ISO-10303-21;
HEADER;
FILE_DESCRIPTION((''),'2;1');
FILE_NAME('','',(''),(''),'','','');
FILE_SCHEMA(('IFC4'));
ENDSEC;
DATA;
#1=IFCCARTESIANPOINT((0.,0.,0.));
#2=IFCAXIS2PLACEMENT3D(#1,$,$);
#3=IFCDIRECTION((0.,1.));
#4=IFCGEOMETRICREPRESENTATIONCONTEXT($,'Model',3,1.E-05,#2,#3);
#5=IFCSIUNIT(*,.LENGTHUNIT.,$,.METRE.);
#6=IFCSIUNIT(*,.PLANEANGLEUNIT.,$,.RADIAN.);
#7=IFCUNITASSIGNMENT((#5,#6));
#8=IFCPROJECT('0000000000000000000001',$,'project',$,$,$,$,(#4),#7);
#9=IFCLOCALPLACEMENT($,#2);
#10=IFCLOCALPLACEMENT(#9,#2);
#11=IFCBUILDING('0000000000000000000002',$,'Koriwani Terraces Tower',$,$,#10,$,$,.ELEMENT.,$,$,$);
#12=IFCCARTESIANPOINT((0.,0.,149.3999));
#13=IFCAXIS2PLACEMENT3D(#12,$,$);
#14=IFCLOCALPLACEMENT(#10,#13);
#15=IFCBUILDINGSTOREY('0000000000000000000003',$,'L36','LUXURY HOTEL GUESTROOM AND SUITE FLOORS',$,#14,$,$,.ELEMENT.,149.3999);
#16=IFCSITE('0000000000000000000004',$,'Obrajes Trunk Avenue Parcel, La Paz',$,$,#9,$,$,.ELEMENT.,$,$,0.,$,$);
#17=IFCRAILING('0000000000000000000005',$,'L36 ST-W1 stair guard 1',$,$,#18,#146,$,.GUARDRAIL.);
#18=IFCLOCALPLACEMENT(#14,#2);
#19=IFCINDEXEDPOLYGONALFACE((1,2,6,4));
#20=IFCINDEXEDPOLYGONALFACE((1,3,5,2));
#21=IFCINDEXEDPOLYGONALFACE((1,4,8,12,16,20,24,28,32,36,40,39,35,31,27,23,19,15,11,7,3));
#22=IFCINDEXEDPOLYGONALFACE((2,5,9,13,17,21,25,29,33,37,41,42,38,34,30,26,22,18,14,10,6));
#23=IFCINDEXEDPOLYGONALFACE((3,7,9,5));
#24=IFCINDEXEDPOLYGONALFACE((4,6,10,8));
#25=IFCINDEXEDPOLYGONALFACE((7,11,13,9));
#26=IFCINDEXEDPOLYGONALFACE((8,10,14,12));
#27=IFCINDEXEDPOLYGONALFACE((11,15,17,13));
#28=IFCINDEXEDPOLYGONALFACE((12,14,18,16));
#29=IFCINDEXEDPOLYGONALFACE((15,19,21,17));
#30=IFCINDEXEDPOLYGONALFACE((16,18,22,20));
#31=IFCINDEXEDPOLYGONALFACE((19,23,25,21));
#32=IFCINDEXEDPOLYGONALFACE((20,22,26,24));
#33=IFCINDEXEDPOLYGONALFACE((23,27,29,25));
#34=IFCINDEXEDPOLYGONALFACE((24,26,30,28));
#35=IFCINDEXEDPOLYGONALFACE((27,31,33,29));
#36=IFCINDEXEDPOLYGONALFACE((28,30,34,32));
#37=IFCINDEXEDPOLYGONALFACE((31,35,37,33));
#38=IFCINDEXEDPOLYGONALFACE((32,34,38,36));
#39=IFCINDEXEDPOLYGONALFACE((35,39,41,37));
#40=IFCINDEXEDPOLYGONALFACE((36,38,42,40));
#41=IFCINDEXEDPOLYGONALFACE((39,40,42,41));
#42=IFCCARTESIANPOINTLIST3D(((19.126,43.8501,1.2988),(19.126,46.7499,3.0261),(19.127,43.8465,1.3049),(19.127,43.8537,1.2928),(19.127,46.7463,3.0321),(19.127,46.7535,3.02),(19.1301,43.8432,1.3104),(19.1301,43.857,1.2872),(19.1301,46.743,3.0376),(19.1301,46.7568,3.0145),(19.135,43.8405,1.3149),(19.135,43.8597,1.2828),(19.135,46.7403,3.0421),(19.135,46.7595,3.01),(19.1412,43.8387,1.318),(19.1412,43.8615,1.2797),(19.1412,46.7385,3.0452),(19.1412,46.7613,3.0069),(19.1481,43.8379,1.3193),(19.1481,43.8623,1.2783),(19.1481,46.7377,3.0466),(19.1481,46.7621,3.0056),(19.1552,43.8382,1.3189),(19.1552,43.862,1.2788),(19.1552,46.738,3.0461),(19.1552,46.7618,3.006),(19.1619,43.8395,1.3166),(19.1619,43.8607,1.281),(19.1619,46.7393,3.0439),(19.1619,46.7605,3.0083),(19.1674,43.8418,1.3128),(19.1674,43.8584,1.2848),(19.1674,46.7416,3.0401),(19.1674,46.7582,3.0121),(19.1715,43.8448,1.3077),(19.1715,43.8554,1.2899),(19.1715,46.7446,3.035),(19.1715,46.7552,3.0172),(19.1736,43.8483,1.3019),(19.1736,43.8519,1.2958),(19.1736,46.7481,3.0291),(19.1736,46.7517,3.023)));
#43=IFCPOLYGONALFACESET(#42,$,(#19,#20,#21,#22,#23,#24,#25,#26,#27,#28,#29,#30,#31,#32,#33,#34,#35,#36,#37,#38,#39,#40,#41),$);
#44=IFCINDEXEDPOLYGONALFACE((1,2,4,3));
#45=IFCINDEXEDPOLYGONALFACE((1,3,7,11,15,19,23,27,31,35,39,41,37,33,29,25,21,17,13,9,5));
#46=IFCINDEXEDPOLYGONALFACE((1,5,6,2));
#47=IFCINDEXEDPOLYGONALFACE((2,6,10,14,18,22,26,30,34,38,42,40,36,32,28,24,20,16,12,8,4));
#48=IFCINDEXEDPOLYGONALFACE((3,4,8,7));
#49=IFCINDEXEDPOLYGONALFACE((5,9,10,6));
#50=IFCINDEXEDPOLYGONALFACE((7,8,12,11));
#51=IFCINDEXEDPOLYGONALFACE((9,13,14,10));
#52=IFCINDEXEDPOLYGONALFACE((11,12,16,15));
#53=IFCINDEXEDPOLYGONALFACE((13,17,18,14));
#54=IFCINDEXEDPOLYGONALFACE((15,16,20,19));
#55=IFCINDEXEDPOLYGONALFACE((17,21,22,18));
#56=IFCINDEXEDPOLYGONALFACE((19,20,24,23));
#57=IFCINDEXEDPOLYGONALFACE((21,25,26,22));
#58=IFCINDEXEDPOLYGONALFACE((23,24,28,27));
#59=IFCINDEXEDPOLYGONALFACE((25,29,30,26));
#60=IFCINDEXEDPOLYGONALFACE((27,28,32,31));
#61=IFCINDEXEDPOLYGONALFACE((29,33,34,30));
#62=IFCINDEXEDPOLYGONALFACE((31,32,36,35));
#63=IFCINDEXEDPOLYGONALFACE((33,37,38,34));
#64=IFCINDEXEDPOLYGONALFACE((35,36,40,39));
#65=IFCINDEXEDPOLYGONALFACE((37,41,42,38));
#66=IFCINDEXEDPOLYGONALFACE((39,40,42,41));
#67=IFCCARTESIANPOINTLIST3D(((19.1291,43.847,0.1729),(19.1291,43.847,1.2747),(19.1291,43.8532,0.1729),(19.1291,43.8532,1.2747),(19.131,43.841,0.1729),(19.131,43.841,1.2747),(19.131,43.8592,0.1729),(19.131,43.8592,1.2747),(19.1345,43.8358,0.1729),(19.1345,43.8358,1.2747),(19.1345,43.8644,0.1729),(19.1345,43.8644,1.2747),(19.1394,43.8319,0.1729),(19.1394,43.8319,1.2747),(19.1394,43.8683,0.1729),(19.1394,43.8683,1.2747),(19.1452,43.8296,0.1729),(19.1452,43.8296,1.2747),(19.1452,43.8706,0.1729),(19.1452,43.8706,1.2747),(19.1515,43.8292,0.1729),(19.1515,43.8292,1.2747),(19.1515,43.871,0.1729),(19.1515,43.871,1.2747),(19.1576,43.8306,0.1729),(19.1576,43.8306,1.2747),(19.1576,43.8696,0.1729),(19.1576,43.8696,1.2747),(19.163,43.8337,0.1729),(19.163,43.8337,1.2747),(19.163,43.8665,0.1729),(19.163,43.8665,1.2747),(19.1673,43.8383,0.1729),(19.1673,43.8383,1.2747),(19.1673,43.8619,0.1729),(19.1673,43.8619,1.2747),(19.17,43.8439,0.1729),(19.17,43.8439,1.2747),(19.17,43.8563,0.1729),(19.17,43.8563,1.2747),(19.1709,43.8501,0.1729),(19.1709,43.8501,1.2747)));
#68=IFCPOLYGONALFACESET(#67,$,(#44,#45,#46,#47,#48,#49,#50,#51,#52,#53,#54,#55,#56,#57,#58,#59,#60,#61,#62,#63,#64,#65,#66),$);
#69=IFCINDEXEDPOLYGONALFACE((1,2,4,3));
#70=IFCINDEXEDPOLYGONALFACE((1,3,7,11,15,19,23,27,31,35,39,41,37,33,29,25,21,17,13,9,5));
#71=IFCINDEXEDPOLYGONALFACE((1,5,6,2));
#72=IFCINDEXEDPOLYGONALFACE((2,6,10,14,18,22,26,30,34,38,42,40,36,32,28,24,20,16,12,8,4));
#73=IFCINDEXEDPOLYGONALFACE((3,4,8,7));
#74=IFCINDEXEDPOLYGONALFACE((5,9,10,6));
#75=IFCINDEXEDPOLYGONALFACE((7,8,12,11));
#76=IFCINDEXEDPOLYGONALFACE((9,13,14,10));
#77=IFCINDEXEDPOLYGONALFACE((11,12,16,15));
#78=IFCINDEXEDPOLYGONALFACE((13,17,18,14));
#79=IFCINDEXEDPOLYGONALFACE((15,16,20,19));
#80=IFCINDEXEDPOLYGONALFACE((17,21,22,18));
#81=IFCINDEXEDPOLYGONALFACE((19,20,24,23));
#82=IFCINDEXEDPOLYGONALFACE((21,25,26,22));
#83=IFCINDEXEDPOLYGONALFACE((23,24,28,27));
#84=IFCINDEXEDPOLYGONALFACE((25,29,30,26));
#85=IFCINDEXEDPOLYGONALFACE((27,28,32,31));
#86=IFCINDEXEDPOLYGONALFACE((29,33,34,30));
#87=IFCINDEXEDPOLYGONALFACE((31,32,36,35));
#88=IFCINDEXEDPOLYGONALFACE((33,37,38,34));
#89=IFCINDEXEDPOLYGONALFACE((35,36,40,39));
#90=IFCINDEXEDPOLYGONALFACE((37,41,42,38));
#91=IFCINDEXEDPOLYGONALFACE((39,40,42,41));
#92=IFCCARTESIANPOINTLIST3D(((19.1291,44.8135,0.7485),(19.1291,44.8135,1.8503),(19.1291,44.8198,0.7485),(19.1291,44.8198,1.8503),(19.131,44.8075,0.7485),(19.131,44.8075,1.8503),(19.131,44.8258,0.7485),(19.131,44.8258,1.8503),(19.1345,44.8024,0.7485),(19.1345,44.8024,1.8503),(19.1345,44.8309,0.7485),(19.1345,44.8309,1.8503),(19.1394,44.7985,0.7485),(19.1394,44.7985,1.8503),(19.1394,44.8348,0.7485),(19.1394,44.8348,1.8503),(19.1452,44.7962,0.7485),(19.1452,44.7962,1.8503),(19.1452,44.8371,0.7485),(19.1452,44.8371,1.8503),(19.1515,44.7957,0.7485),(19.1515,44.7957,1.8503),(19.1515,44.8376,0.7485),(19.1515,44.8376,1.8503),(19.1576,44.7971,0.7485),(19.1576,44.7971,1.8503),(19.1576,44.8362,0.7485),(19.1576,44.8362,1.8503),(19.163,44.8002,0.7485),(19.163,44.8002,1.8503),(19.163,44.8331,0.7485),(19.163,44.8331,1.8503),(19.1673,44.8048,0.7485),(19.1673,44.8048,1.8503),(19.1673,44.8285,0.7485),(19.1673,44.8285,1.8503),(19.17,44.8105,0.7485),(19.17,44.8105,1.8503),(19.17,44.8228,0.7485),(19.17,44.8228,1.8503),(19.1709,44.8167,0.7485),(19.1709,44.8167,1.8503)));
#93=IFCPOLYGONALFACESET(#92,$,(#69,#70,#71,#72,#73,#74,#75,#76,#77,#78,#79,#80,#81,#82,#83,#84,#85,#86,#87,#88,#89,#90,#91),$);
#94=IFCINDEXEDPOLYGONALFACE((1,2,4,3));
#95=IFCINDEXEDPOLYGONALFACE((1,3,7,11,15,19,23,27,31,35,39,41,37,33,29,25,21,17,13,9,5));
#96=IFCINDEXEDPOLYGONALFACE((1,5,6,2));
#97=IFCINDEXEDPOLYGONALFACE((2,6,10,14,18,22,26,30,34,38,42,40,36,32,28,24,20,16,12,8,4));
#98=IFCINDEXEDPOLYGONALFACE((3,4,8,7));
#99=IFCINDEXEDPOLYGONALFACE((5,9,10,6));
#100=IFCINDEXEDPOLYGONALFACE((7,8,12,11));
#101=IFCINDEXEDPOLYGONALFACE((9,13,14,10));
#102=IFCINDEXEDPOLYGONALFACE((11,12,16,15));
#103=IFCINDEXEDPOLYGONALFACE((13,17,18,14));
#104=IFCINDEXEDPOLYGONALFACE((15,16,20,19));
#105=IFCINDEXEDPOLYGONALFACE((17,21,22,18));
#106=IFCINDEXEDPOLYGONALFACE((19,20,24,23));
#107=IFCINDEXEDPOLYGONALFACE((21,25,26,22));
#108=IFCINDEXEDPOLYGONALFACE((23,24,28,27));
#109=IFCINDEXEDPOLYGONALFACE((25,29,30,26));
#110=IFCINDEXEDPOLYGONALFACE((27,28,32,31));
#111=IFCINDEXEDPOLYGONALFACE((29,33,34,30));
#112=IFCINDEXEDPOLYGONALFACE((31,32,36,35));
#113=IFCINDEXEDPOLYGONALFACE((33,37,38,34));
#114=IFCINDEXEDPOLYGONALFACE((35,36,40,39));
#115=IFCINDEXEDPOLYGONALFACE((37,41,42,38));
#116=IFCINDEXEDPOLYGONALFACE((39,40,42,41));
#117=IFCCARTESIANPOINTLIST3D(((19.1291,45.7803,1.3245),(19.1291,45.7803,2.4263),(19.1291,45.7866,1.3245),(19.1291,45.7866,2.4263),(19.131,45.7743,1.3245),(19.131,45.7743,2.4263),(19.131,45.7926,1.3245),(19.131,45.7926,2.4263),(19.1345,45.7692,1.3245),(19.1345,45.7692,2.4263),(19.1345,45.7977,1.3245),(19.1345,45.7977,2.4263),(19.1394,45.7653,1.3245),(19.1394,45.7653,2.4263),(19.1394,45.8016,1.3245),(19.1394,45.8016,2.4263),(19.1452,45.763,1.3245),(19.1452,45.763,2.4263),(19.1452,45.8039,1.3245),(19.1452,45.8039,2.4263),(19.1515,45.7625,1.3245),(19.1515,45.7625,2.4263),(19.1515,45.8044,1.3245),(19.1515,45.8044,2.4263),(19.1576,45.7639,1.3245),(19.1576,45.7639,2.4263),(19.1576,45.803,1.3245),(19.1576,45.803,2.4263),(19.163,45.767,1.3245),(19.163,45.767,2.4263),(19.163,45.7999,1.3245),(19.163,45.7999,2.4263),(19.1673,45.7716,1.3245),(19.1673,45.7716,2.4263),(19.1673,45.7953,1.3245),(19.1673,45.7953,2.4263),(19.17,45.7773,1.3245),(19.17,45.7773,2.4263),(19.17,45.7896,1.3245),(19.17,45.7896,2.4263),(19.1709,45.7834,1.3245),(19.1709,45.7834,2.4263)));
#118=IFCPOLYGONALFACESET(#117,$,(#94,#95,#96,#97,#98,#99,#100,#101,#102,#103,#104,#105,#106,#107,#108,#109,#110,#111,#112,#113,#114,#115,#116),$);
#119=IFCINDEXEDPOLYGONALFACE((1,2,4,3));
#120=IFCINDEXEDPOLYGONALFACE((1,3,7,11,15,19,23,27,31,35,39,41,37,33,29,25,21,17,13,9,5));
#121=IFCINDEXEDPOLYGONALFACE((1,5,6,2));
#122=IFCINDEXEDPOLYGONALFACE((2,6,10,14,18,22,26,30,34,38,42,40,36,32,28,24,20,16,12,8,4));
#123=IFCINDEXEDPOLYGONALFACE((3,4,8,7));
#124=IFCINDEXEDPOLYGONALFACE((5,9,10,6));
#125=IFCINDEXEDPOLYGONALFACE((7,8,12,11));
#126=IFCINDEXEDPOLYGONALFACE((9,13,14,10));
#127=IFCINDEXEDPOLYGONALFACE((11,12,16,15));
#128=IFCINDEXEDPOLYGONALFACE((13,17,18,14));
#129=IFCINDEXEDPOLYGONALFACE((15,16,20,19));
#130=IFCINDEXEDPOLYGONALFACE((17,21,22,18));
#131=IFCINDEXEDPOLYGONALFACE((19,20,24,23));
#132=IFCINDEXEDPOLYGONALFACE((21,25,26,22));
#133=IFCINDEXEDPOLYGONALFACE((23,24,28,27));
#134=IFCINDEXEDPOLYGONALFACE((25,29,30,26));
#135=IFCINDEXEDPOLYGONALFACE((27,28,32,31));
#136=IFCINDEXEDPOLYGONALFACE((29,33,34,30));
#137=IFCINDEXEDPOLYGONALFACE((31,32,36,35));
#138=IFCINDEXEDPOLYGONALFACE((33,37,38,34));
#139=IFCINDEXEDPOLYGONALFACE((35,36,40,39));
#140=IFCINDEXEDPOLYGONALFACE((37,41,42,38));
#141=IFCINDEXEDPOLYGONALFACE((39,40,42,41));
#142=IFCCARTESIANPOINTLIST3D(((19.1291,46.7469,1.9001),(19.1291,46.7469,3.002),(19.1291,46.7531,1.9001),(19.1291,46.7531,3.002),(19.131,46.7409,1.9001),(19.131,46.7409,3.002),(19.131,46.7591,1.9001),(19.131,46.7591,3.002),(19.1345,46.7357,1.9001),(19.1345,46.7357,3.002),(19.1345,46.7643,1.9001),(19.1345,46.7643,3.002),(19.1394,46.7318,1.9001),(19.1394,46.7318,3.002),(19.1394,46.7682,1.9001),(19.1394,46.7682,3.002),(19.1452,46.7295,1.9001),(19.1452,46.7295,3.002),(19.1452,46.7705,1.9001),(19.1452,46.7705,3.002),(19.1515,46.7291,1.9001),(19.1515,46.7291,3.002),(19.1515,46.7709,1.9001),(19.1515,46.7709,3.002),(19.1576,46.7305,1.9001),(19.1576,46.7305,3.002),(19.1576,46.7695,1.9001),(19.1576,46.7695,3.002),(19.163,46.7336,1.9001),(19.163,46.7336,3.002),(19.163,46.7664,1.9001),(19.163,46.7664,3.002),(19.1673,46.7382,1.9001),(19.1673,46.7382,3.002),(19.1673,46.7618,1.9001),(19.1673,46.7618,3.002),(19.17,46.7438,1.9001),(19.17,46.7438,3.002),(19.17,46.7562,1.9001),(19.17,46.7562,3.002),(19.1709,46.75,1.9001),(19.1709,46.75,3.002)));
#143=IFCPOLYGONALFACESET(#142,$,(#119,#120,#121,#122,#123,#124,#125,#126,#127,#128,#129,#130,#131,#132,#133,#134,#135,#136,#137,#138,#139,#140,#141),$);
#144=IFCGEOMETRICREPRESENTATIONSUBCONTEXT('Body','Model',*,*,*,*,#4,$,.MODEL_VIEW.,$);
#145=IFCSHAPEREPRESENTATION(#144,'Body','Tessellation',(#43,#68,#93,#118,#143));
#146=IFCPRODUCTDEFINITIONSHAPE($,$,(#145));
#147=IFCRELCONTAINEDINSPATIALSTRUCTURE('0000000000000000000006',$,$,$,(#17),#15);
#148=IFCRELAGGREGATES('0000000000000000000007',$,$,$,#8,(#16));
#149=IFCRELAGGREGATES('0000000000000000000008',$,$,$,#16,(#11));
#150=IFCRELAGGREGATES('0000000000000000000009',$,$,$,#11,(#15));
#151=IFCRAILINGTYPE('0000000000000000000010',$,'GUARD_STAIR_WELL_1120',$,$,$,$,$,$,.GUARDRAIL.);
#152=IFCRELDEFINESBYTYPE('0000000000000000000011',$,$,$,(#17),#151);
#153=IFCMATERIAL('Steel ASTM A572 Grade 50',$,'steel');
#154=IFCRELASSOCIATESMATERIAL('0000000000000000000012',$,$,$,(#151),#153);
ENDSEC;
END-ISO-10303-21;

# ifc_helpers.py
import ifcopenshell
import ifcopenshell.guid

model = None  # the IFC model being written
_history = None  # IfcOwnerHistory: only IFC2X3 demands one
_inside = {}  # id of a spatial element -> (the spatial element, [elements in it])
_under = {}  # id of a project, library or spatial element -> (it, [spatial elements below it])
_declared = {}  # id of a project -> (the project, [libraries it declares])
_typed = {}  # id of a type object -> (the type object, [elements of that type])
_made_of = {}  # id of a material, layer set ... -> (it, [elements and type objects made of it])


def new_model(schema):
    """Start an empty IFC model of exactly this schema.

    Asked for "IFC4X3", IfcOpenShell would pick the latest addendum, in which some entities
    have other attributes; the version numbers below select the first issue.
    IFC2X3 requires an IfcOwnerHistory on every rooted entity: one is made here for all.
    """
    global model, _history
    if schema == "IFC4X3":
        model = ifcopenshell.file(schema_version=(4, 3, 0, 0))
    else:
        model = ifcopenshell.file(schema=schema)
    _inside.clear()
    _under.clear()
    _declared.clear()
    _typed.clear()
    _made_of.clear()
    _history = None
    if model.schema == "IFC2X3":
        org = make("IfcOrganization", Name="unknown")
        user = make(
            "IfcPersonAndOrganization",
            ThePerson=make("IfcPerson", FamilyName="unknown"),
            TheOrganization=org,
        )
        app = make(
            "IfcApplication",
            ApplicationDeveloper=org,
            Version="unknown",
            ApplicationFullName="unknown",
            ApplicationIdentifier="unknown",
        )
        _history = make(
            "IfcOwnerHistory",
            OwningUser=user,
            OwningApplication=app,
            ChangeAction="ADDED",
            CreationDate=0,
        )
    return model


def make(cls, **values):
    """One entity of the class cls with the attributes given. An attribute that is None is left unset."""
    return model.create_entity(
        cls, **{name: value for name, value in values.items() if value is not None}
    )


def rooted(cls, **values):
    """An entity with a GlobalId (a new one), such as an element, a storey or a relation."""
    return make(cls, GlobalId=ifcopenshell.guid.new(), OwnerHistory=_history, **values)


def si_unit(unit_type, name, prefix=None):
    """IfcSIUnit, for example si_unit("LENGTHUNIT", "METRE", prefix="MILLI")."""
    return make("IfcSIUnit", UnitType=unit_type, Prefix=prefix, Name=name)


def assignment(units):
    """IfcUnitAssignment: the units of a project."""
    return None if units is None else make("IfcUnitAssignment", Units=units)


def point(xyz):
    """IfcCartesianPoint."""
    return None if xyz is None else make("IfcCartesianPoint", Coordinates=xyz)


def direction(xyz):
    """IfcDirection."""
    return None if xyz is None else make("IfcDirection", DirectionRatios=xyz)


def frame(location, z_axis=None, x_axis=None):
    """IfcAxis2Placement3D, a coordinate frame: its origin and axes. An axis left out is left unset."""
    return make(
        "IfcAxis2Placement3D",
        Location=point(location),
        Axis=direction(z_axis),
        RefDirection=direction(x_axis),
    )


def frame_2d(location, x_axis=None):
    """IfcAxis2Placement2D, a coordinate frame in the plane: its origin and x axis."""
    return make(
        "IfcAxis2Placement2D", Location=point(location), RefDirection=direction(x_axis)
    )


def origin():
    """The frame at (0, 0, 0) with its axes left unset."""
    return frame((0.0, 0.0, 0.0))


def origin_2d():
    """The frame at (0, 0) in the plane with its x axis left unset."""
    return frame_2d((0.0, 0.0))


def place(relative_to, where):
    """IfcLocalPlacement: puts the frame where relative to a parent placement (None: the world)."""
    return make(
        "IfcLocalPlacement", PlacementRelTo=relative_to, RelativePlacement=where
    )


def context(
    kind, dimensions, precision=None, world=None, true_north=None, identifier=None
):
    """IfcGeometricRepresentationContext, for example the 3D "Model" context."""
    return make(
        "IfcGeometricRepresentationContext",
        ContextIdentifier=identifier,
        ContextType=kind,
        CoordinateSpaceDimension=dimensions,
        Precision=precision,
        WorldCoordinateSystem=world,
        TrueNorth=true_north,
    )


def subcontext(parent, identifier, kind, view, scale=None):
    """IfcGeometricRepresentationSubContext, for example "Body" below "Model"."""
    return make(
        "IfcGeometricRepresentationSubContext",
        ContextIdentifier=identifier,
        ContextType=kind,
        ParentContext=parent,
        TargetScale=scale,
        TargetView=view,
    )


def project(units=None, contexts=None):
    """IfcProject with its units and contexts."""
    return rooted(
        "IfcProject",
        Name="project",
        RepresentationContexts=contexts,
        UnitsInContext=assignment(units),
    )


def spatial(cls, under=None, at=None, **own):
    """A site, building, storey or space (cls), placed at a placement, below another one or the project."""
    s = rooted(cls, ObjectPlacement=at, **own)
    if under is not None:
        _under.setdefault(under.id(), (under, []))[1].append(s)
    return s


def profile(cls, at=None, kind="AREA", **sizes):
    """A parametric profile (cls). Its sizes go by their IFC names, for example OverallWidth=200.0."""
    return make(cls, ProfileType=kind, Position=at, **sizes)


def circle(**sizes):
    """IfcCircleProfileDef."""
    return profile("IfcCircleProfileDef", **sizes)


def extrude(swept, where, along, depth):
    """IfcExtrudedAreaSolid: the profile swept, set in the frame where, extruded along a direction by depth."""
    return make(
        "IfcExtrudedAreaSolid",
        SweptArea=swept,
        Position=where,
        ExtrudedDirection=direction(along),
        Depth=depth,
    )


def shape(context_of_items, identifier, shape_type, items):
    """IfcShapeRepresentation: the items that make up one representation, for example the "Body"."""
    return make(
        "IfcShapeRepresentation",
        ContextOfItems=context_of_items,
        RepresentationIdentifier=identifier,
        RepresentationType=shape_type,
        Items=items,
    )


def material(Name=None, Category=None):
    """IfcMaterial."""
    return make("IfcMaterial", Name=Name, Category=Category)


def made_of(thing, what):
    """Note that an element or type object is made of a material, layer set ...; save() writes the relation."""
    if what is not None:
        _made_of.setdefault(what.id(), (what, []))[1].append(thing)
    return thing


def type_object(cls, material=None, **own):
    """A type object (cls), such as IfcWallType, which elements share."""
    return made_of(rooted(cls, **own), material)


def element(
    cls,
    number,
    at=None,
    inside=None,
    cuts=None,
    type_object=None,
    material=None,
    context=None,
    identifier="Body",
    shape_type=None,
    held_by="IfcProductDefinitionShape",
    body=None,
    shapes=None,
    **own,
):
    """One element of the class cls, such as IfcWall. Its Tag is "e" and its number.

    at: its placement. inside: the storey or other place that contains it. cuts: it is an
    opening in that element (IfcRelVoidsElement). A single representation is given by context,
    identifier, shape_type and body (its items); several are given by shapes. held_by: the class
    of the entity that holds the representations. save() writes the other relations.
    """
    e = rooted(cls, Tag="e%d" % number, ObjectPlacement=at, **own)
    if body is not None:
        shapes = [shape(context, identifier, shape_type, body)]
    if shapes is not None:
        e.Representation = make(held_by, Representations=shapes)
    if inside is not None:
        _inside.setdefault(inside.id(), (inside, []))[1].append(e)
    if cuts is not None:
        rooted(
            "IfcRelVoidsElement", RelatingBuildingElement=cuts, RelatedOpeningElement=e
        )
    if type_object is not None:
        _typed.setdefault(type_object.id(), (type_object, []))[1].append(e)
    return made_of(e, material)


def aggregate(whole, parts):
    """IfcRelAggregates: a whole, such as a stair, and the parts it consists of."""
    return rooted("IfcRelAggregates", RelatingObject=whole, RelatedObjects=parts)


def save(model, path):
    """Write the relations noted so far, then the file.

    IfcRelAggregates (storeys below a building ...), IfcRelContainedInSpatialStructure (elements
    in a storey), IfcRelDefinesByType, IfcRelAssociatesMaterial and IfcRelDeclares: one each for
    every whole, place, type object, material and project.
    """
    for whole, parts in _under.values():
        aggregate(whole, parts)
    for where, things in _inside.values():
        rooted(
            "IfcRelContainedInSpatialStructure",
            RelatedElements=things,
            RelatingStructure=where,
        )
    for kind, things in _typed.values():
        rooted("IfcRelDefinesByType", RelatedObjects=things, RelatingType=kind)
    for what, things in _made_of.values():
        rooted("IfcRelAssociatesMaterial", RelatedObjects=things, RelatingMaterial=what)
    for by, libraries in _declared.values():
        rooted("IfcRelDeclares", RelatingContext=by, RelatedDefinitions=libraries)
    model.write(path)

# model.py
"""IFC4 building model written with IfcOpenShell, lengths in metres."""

from ifc_helpers import new_model, si_unit, direction, frame, origin, origin_2d, place, context, subcontext, project, spatial, circle, extrude, material, type_object, element, save


model = new_model("IFC4")

# Units and contexts
model_context = context("Model", 3, precision=1e-05, world=origin(), true_north=direction((0.0, 1.0)))
body_context = subcontext(model_context, "Body", "Model", "MODEL_VIEW")
ifc_project = project(units=[si_unit("LENGTHUNIT", "METRE"), si_unit("PLANEANGLEUNIT", "RADIAN")], contexts=[model_context])

# Site, building, storey
site_placement = place(None, origin())
site = spatial("IfcSite", under=ifc_project, at=site_placement, Name="Obrajes Trunk Avenue Parcel, La Paz", CompositionType="ELEMENT", RefElevation=0.0)
building_placement = place(site_placement, origin())
building = spatial("IfcBuilding", under=site, at=building_placement, Name="Koriwani Terraces Tower", CompositionType="ELEMENT")
storey_placement = place(building_placement, frame((0.0, 0.0, 149.3999)))
storey = spatial("IfcBuildingStorey", under=building, at=storey_placement, Name="L36", Description="LUXURY HOTEL GUESTROOM AND SUITE FLOORS", CompositionType="ELEMENT", Elevation=149.3999)

# Shared definitions
ifc_material_1 = material(Name="Steel ASTM A572 Grade 50", Category="steel")

# Railing
railing_type_1 = type_object("IfcRailingType", Name="GUARD_STAIR_WELL_1120", PredefinedType="GUARDRAIL", material=ifc_material_1)
railing_1_placement = place(storey_placement, frame((19.1499, 43.8501, 0.1729)))
element("IfcRailing", 1, at=railing_1_placement, inside=storey, type_object=railing_type_1, Name="L36 ST-W1 stair guard 1", PredefinedType="GUARDRAIL", context=body_context, shape_type="SweptSolid", body=[
    extrude(circle(Radius=0.0239, at=origin_2d()), frame((0.0, 0.0, 1.126), z_axis=(0.0, 0.859141, 0.511738), x_axis=(-1.0, 0.0, 0.0)), (0.0, 0.0, 1.0), 3.3752),
    extrude(circle(Radius=0.021, at=origin_2d()), origin(), (0.0, 0.0, 1.0), 1.1018),
    extrude(circle(Radius=0.021, at=origin_2d()), frame((0.0, 0.9666, 0.5757)), (0.0, 0.0, 1.0), 1.1018),
    extrude(circle(Radius=0.021, at=origin_2d()), frame((0.0, 1.9333, 1.1516)), (0.0, 0.0, 1.0), 1.1018),
    extrude(circle(Radius=0.021, at=origin_2d()), frame((0.0, 2.8999, 1.7273)), (0.0, 0.0, 1.0), 1.1018),
])

save(model, "model.ifc")
